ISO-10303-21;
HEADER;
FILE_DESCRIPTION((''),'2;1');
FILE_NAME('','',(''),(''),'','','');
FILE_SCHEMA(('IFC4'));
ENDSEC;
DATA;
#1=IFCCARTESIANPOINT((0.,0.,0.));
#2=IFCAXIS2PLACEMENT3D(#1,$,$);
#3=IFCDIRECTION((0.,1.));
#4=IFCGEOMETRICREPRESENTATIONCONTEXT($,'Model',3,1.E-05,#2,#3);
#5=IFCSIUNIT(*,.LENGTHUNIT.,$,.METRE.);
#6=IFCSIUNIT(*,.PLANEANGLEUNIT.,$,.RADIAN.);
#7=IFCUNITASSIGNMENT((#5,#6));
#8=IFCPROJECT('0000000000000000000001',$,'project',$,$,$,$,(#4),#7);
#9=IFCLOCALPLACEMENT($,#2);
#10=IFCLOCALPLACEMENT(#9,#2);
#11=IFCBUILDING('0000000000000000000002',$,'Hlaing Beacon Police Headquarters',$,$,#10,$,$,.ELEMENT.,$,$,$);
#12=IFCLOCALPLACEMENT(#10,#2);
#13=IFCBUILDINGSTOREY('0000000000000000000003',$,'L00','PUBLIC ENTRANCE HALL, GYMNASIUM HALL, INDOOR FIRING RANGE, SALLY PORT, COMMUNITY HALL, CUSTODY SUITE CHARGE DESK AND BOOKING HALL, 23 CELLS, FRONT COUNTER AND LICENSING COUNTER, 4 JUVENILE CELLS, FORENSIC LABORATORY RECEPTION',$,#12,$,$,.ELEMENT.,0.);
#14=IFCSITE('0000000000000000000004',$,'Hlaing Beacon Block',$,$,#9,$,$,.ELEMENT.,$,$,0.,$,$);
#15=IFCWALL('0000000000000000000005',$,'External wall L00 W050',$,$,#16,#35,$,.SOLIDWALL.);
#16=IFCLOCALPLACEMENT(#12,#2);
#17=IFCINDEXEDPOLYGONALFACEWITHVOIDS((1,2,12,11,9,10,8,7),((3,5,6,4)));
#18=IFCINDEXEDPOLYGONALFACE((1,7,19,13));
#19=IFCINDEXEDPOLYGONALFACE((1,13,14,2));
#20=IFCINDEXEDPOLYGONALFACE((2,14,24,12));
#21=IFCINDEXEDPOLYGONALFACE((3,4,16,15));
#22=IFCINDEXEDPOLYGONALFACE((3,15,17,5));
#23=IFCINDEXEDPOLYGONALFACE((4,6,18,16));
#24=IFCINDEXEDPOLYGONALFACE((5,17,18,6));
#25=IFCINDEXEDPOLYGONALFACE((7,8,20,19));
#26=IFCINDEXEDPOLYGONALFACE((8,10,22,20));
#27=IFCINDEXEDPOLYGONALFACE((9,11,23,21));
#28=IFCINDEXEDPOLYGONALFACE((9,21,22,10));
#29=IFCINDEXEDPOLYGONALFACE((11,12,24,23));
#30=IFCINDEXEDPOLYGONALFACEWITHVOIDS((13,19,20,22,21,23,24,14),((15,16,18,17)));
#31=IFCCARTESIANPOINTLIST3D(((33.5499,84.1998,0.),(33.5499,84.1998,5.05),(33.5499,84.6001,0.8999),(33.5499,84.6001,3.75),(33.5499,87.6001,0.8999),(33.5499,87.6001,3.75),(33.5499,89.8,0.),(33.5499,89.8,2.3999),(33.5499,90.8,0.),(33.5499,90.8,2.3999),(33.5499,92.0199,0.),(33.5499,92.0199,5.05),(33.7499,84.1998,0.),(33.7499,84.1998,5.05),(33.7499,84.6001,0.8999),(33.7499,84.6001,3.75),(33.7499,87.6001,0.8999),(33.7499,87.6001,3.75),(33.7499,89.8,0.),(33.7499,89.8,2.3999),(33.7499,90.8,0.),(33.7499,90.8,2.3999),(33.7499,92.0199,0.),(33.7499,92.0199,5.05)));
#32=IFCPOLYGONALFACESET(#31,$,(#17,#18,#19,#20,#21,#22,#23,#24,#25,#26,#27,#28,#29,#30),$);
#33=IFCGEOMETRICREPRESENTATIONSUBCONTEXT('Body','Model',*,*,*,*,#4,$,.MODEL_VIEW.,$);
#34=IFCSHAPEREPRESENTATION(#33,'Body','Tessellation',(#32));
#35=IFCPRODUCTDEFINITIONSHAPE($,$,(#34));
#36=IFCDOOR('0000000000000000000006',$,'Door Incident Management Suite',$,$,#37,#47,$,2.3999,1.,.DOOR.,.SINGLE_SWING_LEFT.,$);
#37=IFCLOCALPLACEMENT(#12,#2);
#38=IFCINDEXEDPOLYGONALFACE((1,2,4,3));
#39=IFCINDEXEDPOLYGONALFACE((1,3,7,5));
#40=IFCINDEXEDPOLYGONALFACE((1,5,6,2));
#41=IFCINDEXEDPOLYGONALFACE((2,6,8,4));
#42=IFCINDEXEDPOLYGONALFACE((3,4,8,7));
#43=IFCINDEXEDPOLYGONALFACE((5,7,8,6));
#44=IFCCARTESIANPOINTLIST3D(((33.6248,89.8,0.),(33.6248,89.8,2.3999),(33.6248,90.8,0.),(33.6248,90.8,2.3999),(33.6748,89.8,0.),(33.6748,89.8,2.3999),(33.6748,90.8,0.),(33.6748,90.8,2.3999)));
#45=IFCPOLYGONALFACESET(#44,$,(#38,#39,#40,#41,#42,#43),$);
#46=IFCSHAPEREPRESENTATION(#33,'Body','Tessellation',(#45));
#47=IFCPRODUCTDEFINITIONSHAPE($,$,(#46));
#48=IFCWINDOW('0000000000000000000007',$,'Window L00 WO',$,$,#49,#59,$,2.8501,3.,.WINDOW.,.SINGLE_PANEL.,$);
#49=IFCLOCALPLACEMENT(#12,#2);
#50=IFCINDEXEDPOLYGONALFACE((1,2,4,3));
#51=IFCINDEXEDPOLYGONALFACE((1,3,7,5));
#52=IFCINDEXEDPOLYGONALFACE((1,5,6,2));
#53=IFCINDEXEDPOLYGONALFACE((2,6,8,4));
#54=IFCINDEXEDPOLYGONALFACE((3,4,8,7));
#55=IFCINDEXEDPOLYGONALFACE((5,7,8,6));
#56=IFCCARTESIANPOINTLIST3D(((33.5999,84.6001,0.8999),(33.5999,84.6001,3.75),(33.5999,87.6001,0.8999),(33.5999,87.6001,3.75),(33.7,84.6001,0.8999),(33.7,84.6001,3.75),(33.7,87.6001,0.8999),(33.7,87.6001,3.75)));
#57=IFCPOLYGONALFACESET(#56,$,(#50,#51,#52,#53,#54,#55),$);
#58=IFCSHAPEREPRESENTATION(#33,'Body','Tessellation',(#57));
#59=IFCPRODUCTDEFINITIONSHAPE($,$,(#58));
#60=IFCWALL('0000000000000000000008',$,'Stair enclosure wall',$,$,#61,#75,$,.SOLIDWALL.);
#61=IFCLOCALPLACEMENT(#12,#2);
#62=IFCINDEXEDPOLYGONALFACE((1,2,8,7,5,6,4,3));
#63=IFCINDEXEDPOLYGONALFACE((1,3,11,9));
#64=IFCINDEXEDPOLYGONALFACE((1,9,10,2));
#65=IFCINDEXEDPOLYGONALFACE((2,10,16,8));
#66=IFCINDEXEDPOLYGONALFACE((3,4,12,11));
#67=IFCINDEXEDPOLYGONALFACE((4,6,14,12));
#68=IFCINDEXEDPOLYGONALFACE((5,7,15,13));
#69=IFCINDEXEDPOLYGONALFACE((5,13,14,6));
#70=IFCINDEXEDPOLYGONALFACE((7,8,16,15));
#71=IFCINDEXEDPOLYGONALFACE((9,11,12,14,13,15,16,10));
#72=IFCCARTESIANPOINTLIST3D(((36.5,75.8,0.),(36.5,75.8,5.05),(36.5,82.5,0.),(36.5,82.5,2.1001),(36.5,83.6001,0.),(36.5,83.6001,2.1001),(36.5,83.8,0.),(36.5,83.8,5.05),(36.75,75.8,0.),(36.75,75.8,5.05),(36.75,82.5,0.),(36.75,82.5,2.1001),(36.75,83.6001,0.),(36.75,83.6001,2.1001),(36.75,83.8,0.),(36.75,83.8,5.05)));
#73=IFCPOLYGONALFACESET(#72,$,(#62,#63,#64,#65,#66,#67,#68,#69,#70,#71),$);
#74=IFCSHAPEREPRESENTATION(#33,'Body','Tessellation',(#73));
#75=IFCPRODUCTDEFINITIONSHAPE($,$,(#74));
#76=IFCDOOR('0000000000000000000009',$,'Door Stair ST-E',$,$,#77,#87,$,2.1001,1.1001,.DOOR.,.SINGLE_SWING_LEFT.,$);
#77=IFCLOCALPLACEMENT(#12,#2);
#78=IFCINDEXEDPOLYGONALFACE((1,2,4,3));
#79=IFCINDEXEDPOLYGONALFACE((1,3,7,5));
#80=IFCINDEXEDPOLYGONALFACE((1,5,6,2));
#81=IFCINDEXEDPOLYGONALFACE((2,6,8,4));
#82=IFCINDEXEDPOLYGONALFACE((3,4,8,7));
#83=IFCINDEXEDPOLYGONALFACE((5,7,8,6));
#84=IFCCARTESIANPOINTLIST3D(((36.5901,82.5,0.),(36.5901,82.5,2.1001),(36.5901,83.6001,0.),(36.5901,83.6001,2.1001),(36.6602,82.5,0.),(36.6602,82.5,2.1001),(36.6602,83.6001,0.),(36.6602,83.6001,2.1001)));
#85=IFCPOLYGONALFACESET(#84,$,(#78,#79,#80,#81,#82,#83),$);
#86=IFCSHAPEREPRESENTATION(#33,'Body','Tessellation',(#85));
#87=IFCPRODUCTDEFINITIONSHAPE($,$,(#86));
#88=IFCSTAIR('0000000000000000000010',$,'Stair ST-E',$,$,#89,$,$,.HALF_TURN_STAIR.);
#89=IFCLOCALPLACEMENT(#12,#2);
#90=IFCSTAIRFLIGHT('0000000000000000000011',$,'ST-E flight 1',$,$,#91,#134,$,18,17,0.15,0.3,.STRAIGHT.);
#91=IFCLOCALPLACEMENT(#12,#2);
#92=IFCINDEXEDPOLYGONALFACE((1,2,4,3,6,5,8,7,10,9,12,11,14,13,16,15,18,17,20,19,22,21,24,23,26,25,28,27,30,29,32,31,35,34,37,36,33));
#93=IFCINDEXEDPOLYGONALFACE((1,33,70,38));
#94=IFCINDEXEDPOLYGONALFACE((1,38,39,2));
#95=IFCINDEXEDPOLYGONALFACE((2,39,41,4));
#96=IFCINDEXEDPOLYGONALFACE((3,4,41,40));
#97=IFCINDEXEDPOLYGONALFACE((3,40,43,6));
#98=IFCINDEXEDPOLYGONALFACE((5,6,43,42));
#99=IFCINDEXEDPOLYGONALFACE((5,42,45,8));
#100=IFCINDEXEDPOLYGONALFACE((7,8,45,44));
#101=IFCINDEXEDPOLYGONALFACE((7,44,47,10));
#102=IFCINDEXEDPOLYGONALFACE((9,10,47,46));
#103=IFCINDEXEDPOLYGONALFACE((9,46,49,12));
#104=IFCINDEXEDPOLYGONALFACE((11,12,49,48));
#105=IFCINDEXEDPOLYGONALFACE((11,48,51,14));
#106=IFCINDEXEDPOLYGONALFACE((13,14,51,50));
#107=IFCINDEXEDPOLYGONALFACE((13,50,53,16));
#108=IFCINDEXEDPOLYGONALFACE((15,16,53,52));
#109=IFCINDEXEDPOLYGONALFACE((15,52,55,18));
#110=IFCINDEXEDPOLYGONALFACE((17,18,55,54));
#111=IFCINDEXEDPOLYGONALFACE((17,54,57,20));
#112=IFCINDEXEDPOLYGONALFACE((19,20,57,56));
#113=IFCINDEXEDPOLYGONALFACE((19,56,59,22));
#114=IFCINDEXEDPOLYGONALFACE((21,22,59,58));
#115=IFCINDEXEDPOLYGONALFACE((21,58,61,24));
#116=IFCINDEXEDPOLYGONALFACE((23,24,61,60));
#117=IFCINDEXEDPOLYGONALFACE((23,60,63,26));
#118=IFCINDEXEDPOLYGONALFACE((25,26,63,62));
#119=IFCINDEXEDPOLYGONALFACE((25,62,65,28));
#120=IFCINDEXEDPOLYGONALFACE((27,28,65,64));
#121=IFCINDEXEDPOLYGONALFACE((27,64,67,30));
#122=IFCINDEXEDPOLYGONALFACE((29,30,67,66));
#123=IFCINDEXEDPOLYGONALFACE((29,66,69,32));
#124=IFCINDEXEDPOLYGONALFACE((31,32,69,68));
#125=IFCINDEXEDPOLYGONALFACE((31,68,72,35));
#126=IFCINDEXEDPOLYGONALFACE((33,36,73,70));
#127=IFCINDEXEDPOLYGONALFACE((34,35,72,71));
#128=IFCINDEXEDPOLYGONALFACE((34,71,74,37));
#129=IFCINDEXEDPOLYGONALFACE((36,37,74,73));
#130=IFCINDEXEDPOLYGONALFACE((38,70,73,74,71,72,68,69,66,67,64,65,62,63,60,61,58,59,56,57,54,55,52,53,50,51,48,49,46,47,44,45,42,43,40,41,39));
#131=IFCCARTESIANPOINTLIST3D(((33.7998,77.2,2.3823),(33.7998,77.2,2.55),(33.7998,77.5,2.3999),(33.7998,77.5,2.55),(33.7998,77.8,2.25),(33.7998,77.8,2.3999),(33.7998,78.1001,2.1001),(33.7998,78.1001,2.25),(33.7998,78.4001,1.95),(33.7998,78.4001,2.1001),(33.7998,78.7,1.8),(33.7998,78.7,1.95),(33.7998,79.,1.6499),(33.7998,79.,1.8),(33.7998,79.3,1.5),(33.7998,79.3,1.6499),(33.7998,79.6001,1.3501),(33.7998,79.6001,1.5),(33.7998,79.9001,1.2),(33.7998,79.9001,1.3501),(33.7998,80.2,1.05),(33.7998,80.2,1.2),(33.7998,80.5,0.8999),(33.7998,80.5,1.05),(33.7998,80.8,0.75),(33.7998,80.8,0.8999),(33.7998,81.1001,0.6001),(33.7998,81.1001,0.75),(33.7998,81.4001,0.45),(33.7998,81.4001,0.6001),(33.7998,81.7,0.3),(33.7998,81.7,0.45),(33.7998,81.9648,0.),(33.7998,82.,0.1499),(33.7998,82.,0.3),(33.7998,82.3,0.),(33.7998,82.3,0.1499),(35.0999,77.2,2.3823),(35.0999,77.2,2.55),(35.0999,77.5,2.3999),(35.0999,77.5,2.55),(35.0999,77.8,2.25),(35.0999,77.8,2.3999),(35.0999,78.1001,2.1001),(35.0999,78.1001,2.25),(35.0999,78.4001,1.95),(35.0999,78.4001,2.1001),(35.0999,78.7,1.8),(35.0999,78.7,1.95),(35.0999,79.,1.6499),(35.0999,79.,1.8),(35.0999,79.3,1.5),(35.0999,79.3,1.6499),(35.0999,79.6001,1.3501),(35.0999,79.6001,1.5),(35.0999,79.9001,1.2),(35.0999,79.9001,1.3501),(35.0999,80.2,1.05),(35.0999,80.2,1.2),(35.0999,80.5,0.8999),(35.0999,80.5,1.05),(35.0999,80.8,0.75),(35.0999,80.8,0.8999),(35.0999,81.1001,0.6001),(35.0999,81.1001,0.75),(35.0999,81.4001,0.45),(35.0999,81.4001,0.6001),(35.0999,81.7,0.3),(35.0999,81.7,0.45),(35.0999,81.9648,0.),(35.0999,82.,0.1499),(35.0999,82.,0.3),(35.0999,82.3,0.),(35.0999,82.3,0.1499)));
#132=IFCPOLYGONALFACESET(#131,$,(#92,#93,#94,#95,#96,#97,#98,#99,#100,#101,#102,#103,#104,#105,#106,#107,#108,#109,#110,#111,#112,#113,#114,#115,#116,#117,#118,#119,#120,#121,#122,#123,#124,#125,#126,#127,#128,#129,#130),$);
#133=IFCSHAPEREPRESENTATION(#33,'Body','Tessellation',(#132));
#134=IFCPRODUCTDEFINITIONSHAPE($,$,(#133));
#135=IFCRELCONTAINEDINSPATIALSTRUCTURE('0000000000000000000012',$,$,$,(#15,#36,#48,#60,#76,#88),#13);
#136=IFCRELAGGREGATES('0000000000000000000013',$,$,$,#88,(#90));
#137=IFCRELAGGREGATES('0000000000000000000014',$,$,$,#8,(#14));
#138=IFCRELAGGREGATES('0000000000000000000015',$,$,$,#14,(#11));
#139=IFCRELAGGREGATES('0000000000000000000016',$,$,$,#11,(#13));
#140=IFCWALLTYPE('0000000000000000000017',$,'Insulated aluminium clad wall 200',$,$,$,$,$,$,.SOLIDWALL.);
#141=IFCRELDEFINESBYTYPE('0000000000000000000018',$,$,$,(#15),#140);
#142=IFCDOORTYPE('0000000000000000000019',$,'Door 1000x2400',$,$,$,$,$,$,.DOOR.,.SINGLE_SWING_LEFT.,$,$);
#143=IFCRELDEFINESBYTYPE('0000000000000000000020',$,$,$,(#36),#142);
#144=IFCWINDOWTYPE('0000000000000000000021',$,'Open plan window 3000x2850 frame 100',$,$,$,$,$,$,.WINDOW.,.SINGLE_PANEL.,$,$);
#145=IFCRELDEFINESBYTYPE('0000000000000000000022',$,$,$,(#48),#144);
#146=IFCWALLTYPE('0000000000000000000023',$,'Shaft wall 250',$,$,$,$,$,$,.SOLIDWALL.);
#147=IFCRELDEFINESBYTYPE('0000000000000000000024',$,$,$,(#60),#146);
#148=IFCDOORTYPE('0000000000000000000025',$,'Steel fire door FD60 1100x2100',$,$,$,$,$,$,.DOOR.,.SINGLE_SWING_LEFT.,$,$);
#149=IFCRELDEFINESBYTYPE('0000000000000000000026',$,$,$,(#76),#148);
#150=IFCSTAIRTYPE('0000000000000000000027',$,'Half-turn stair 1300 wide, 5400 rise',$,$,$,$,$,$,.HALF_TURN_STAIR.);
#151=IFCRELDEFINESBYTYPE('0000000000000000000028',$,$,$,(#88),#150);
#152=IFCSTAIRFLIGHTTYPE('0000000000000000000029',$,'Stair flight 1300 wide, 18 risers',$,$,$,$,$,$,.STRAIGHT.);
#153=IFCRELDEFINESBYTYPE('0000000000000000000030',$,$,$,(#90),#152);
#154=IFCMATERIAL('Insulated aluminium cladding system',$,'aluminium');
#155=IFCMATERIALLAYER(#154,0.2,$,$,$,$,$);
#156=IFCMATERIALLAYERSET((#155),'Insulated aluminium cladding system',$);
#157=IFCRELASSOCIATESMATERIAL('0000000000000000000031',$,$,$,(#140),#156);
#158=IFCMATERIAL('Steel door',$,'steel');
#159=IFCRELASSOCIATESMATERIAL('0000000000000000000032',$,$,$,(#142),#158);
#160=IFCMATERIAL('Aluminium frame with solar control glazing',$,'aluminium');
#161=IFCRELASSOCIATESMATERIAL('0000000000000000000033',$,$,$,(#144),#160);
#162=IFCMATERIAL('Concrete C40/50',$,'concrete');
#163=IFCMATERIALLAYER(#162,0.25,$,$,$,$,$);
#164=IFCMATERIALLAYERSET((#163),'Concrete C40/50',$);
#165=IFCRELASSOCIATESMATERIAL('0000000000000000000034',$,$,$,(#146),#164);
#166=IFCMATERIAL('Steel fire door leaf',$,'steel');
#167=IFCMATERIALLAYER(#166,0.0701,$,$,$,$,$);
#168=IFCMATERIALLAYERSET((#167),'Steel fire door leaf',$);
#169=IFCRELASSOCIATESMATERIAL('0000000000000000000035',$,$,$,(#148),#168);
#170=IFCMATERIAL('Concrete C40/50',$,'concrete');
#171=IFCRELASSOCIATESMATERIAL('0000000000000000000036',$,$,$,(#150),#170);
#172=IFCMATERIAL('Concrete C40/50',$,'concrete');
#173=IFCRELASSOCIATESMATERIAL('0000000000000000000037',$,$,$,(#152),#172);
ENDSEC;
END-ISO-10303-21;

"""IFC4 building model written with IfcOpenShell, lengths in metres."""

from ifc_helpers import new_model, si_unit, direction, frame, frame_2d, origin, place, context, subcontext, project, spatial, polyline, rectangle, outline, extrude, material, layer, layer_set, type_object, element, fill, aggregate, save


model = new_model("IFC4")

# Units and contexts
model_context = context("Model", 3, precision=1e-05, world=origin(), true_north=direction((0.0, 1.0)))
body_context = subcontext(model_context, "Body", "Model", "MODEL_VIEW")
ifc_project = project(units=[si_unit("LENGTHUNIT", "METRE"), si_unit("PLANEANGLEUNIT", "RADIAN")], contexts=[model_context])

# Site, building, storey
site_placement = place(None, origin())
site = spatial("IfcSite", under=ifc_project, at=site_placement, Name="Hlaing Beacon Block", CompositionType="ELEMENT", RefElevation=0.0)
building_placement = place(site_placement, origin())
building = spatial("IfcBuilding", under=site, at=building_placement, Name="Hlaing Beacon Police Headquarters", CompositionType="ELEMENT")
storey_placement = place(building_placement, origin())
storey = spatial("IfcBuildingStorey", under=building, at=storey_placement, Name="L00", Description="PUBLIC ENTRANCE HALL, GYMNASIUM HALL, INDOOR FIRING RANGE, SALLY PORT, COMMUNITY HALL, CUSTODY SUITE CHARGE DESK AND BOOKING HALL, 23 CELLS, FRONT COUNTER AND LICENSING COUNTER, 4 JUVENILE CELLS, FORENSIC LABORATORY RECEPTION", CompositionType="ELEMENT", Elevation=0.0)

# Wall, openings, door, window
ifc_material_1 = material(Name="Insulated aluminium cladding system", Category="aluminium")
ifc_layer_1 = layer(ifc_material_1, 0.2)
ifc_layer_set_1 = layer_set([ifc_layer_1], Name="Insulated aluminium cladding system")
wall_type_1 = type_object("IfcWallType", Name="Insulated aluminium clad wall 200", PredefinedType="SOLIDWALL", material=ifc_layer_set_1)
wall_1_placement = place(storey_placement, frame((33.6499, 92.02, 0.0), z_axis=(0.0, 0.0, 1.0), x_axis=(0.0, -1.0, 0.0)))
wall_1 = element("IfcWall", 1, at=wall_1_placement, inside=storey, type_object=wall_type_1, Name="External wall L00 W050", PredefinedType="SOLIDWALL", context=body_context, shape_type="SweptSolid", body=[
    extrude(rectangle(XDim=7.8201, YDim=0.2, at=frame_2d((3.9102, 0.0))), origin(), (0.0, 0.0, 1.0), 5.05),
])
opening_1_placement = place(wall_1_placement, frame((1.22, 0.0, 0.0)))
opening_1 = element("IfcOpeningElement", 2, at=opening_1_placement, cuts=wall_1, PredefinedType="OPENING", context=body_context, shape_type="SweptSolid", body=[
    extrude(rectangle(XDim=1.0, YDim=2.3999, at=frame_2d((0.5, 1.2))), frame((0.0, 0.1099, 0.0), z_axis=(0.0, -1.0, 0.0), x_axis=(1.0, 0.0, 0.0)), (0.0, 0.0, 1.0), 0.22),
])
opening_2_placement = place(wall_1_placement, frame((4.4199, 0.0, 0.8999)))
opening_2 = element("IfcOpeningElement", 3, at=opening_2_placement, cuts=wall_1, PredefinedType="OPENING", context=body_context, shape_type="SweptSolid", body=[
    extrude(rectangle(XDim=3.0, YDim=2.8501, at=frame_2d((1.5, 1.425))), frame((0.0, 0.1099, 0.0), z_axis=(0.0, -1.0, 0.0), x_axis=(1.0, 0.0, 0.0)), (0.0, 0.0, 1.0), 0.22),
])
ifc_material_2 = material(Name="Steel door", Category="steel")
door_type_1 = type_object("IfcDoorType", Name="Door 1000x2400", OperationType="SINGLE_SWING_LEFT", PredefinedType="DOOR", material=ifc_material_2)
door_1_placement = place(opening_1_placement, frame((1.0, 0.0, 0.0), z_axis=(0.0, 0.0, 1.0), x_axis=(-1.0, 0.0, 0.0)))
door_1 = element("IfcDoor", 4, at=door_1_placement, inside=storey, type_object=door_type_1, Name="Door Incident Management Suite", OperationType="SINGLE_SWING_LEFT", OverallHeight=2.3999, OverallWidth=1.0, PredefinedType="DOOR", context=body_context, shape_type="SweptSolid", body=[
    extrude(rectangle(XDim=1.0, YDim=2.3999, at=frame_2d((0.5, 1.2))), frame((0.0, 0.0251, 0.0), z_axis=(0.0, -1.0, 0.0), x_axis=(1.0, 0.0, 0.0)), (0.0, 0.0, 1.0), 0.05),
])
fill(opening_1, door_1)
ifc_material_3 = material(Name="Aluminium frame with solar control glazing", Category="aluminium")
window_type = type_object("IfcWindowType", Name="Open plan window 3000x2850 frame 100", PartitioningType="SINGLE_PANEL", PredefinedType="WINDOW", material=ifc_material_3)
window_placement = place(opening_2_placement, origin())
window = element("IfcWindow", 5, at=window_placement, inside=storey, type_object=window_type, Name="Window L00 WO", OverallHeight=2.8501, OverallWidth=3.0, PartitioningType="SINGLE_PANEL", PredefinedType="WINDOW", context=body_context, shape_type="SweptSolid", body=[
    extrude(rectangle(XDim=3.0, YDim=2.8501, at=frame_2d((1.5, 1.425))), frame((0.0, 0.05, 0.0), z_axis=(0.0, -1.0, 0.0), x_axis=(1.0, 0.0, 0.0)), (0.0, 0.0, 1.0), 0.1001),
])
fill(opening_2, window)

# Wall, opening, door
ifc_material_4 = material(Name="Concrete C40/50", Category="concrete")
ifc_layer_2 = layer(ifc_material_4, 0.25)
ifc_layer_set_2 = layer_set([ifc_layer_2], Name="Concrete C40/50")
wall_type_2 = type_object("IfcWallType", Name="Shaft wall 250", PredefinedType="SOLIDWALL", material=ifc_layer_set_2)
wall_2_placement = place(storey_placement, frame((36.625, 83.8, 0.0), z_axis=(0.0, 0.0, 1.0), x_axis=(0.0, -1.0, 0.0)))
wall_2 = element("IfcWall", 6, at=wall_2_placement, inside=storey, type_object=wall_type_2, Name="Stair enclosure wall", PredefinedType="SOLIDWALL", context=body_context, shape_type="SweptSolid", body=[
    extrude(rectangle(XDim=8.0, YDim=0.25, at=frame_2d((4.0, 0.0))), origin(), (0.0, 0.0, 1.0), 5.05),
])
opening_3_placement = place(wall_2_placement, frame((0.2, 0.0, 0.0)))
opening_3 = element("IfcOpeningElement", 7, at=opening_3_placement, cuts=wall_2, PredefinedType="OPENING", context=body_context, shape_type="SweptSolid", body=[
    extrude(rectangle(XDim=1.1001, YDim=2.1001, at=frame_2d((0.55, 1.05))), frame((0.0, 0.135, 0.0), z_axis=(0.0, -1.0, 0.0), x_axis=(1.0, 0.0, 0.0)), (0.0, 0.0, 1.0), 0.27),
])
ifc_material_5 = material(Name="Steel fire door leaf", Category="steel")
ifc_layer_3 = layer(ifc_material_5, 0.0701)
ifc_layer_set_3 = layer_set([ifc_layer_3], Name="Steel fire door leaf")
door_type_2 = type_object("IfcDoorType", Name="Steel fire door FD60 1100x2100", OperationType="SINGLE_SWING_LEFT", PredefinedType="DOOR", material=ifc_layer_set_3)
door_2_placement = place(opening_3_placement, frame((1.1001, 0.0, 0.0), z_axis=(0.0, 0.0, 1.0), x_axis=(-1.0, 0.0, 0.0)))
door_2 = element("IfcDoor", 8, at=door_2_placement, inside=storey, type_object=door_type_2, Name="Door Stair ST-E", OperationType="SINGLE_SWING_LEFT", OverallHeight=2.1001, OverallWidth=1.1001, PredefinedType="DOOR", context=body_context, shape_type="SweptSolid", body=[
    extrude(rectangle(XDim=1.1001, YDim=2.1001, at=frame_2d((0.55, 1.05))), frame((0.0, 0.0349, 0.0), z_axis=(0.0, -1.0, 0.0), x_axis=(1.0, 0.0, 0.0)), (0.0, 0.0, 1.0), 0.0701),
])
fill(opening_3, door_2)

# Stair, stair flight
ifc_material_6 = material(Name="Concrete C40/50", Category="concrete")
stair_type = type_object("IfcStairType", Name="Half-turn stair 1300 wide, 5400 rise", PredefinedType="HALF_TURN_STAIR", material=ifc_material_6)
stair_placement = place(storey_placement, origin())
stair = element("IfcStair", 9, at=stair_placement, inside=storey, type_object=stair_type, Name="Stair ST-E", PredefinedType="HALF_TURN_STAIR")
ifc_material_7 = material(Name="Concrete C40/50", Category="concrete")
stair_flight_type = type_object("IfcStairFlightType", Name="Stair flight 1300 wide, 18 risers", PredefinedType="STRAIGHT", material=ifc_material_7)
stair_flight_1_placement = place(storey_placement, frame((34.45, 82.3, 0.0), z_axis=(0.0, 0.0, 1.0), x_axis=(0.0, -1.0, 0.0)))
stair_flight_1 = element("IfcStairFlight", 10, at=stair_flight_1_placement, type_object=stair_flight_type, Name="ST-E flight 1", NumberOfRisers=18, NumberOfTreads=17, PredefinedType="STRAIGHT", RiserHeight=0.15, TreadLength=0.3, context=body_context, shape_type="SweptSolid", body=[
    extrude(outline(polyline([(0.0, 0.0), (0.0, 0.1499), (0.3, 0.1499), (0.3, 0.3), (0.6001, 0.3), (0.6001, 0.45), (0.8999, 0.45), (0.8999, 0.6001), (1.2, 0.6001), (1.2, 0.75), (1.5, 0.75), (1.5, 0.8999), (1.8, 0.8999), (1.8, 1.05), (2.1001, 1.05), (2.1001, 1.2), (2.3999, 1.2), (2.3999, 1.3501), (2.7, 1.3501), (2.7, 1.5), (3.0, 1.5), (3.0, 1.6499), (3.3, 1.6499), (3.3, 1.8), (3.6001, 1.8), (3.6001, 1.95), (3.8999, 1.95), (3.8999, 2.1001), (4.2, 2.1001), (4.2, 2.25), (4.5, 2.25), (4.5, 2.3999), (4.8, 2.3999), (4.8, 2.55), (5.1001, 2.55), (5.1001, 2.7), (5.1001, 2.3823), (0.3352, 0.0), (0.0, 0.0)])), frame((0.0, 0.6499, 0.0), z_axis=(0.0, -1.0, 0.0), x_axis=(1.0, 0.0, 0.0)), (0.0, 0.0, 1.0), 1.3),
])
aggregate(stair, [stair_flight_1])

save(model, "model.ifc")
